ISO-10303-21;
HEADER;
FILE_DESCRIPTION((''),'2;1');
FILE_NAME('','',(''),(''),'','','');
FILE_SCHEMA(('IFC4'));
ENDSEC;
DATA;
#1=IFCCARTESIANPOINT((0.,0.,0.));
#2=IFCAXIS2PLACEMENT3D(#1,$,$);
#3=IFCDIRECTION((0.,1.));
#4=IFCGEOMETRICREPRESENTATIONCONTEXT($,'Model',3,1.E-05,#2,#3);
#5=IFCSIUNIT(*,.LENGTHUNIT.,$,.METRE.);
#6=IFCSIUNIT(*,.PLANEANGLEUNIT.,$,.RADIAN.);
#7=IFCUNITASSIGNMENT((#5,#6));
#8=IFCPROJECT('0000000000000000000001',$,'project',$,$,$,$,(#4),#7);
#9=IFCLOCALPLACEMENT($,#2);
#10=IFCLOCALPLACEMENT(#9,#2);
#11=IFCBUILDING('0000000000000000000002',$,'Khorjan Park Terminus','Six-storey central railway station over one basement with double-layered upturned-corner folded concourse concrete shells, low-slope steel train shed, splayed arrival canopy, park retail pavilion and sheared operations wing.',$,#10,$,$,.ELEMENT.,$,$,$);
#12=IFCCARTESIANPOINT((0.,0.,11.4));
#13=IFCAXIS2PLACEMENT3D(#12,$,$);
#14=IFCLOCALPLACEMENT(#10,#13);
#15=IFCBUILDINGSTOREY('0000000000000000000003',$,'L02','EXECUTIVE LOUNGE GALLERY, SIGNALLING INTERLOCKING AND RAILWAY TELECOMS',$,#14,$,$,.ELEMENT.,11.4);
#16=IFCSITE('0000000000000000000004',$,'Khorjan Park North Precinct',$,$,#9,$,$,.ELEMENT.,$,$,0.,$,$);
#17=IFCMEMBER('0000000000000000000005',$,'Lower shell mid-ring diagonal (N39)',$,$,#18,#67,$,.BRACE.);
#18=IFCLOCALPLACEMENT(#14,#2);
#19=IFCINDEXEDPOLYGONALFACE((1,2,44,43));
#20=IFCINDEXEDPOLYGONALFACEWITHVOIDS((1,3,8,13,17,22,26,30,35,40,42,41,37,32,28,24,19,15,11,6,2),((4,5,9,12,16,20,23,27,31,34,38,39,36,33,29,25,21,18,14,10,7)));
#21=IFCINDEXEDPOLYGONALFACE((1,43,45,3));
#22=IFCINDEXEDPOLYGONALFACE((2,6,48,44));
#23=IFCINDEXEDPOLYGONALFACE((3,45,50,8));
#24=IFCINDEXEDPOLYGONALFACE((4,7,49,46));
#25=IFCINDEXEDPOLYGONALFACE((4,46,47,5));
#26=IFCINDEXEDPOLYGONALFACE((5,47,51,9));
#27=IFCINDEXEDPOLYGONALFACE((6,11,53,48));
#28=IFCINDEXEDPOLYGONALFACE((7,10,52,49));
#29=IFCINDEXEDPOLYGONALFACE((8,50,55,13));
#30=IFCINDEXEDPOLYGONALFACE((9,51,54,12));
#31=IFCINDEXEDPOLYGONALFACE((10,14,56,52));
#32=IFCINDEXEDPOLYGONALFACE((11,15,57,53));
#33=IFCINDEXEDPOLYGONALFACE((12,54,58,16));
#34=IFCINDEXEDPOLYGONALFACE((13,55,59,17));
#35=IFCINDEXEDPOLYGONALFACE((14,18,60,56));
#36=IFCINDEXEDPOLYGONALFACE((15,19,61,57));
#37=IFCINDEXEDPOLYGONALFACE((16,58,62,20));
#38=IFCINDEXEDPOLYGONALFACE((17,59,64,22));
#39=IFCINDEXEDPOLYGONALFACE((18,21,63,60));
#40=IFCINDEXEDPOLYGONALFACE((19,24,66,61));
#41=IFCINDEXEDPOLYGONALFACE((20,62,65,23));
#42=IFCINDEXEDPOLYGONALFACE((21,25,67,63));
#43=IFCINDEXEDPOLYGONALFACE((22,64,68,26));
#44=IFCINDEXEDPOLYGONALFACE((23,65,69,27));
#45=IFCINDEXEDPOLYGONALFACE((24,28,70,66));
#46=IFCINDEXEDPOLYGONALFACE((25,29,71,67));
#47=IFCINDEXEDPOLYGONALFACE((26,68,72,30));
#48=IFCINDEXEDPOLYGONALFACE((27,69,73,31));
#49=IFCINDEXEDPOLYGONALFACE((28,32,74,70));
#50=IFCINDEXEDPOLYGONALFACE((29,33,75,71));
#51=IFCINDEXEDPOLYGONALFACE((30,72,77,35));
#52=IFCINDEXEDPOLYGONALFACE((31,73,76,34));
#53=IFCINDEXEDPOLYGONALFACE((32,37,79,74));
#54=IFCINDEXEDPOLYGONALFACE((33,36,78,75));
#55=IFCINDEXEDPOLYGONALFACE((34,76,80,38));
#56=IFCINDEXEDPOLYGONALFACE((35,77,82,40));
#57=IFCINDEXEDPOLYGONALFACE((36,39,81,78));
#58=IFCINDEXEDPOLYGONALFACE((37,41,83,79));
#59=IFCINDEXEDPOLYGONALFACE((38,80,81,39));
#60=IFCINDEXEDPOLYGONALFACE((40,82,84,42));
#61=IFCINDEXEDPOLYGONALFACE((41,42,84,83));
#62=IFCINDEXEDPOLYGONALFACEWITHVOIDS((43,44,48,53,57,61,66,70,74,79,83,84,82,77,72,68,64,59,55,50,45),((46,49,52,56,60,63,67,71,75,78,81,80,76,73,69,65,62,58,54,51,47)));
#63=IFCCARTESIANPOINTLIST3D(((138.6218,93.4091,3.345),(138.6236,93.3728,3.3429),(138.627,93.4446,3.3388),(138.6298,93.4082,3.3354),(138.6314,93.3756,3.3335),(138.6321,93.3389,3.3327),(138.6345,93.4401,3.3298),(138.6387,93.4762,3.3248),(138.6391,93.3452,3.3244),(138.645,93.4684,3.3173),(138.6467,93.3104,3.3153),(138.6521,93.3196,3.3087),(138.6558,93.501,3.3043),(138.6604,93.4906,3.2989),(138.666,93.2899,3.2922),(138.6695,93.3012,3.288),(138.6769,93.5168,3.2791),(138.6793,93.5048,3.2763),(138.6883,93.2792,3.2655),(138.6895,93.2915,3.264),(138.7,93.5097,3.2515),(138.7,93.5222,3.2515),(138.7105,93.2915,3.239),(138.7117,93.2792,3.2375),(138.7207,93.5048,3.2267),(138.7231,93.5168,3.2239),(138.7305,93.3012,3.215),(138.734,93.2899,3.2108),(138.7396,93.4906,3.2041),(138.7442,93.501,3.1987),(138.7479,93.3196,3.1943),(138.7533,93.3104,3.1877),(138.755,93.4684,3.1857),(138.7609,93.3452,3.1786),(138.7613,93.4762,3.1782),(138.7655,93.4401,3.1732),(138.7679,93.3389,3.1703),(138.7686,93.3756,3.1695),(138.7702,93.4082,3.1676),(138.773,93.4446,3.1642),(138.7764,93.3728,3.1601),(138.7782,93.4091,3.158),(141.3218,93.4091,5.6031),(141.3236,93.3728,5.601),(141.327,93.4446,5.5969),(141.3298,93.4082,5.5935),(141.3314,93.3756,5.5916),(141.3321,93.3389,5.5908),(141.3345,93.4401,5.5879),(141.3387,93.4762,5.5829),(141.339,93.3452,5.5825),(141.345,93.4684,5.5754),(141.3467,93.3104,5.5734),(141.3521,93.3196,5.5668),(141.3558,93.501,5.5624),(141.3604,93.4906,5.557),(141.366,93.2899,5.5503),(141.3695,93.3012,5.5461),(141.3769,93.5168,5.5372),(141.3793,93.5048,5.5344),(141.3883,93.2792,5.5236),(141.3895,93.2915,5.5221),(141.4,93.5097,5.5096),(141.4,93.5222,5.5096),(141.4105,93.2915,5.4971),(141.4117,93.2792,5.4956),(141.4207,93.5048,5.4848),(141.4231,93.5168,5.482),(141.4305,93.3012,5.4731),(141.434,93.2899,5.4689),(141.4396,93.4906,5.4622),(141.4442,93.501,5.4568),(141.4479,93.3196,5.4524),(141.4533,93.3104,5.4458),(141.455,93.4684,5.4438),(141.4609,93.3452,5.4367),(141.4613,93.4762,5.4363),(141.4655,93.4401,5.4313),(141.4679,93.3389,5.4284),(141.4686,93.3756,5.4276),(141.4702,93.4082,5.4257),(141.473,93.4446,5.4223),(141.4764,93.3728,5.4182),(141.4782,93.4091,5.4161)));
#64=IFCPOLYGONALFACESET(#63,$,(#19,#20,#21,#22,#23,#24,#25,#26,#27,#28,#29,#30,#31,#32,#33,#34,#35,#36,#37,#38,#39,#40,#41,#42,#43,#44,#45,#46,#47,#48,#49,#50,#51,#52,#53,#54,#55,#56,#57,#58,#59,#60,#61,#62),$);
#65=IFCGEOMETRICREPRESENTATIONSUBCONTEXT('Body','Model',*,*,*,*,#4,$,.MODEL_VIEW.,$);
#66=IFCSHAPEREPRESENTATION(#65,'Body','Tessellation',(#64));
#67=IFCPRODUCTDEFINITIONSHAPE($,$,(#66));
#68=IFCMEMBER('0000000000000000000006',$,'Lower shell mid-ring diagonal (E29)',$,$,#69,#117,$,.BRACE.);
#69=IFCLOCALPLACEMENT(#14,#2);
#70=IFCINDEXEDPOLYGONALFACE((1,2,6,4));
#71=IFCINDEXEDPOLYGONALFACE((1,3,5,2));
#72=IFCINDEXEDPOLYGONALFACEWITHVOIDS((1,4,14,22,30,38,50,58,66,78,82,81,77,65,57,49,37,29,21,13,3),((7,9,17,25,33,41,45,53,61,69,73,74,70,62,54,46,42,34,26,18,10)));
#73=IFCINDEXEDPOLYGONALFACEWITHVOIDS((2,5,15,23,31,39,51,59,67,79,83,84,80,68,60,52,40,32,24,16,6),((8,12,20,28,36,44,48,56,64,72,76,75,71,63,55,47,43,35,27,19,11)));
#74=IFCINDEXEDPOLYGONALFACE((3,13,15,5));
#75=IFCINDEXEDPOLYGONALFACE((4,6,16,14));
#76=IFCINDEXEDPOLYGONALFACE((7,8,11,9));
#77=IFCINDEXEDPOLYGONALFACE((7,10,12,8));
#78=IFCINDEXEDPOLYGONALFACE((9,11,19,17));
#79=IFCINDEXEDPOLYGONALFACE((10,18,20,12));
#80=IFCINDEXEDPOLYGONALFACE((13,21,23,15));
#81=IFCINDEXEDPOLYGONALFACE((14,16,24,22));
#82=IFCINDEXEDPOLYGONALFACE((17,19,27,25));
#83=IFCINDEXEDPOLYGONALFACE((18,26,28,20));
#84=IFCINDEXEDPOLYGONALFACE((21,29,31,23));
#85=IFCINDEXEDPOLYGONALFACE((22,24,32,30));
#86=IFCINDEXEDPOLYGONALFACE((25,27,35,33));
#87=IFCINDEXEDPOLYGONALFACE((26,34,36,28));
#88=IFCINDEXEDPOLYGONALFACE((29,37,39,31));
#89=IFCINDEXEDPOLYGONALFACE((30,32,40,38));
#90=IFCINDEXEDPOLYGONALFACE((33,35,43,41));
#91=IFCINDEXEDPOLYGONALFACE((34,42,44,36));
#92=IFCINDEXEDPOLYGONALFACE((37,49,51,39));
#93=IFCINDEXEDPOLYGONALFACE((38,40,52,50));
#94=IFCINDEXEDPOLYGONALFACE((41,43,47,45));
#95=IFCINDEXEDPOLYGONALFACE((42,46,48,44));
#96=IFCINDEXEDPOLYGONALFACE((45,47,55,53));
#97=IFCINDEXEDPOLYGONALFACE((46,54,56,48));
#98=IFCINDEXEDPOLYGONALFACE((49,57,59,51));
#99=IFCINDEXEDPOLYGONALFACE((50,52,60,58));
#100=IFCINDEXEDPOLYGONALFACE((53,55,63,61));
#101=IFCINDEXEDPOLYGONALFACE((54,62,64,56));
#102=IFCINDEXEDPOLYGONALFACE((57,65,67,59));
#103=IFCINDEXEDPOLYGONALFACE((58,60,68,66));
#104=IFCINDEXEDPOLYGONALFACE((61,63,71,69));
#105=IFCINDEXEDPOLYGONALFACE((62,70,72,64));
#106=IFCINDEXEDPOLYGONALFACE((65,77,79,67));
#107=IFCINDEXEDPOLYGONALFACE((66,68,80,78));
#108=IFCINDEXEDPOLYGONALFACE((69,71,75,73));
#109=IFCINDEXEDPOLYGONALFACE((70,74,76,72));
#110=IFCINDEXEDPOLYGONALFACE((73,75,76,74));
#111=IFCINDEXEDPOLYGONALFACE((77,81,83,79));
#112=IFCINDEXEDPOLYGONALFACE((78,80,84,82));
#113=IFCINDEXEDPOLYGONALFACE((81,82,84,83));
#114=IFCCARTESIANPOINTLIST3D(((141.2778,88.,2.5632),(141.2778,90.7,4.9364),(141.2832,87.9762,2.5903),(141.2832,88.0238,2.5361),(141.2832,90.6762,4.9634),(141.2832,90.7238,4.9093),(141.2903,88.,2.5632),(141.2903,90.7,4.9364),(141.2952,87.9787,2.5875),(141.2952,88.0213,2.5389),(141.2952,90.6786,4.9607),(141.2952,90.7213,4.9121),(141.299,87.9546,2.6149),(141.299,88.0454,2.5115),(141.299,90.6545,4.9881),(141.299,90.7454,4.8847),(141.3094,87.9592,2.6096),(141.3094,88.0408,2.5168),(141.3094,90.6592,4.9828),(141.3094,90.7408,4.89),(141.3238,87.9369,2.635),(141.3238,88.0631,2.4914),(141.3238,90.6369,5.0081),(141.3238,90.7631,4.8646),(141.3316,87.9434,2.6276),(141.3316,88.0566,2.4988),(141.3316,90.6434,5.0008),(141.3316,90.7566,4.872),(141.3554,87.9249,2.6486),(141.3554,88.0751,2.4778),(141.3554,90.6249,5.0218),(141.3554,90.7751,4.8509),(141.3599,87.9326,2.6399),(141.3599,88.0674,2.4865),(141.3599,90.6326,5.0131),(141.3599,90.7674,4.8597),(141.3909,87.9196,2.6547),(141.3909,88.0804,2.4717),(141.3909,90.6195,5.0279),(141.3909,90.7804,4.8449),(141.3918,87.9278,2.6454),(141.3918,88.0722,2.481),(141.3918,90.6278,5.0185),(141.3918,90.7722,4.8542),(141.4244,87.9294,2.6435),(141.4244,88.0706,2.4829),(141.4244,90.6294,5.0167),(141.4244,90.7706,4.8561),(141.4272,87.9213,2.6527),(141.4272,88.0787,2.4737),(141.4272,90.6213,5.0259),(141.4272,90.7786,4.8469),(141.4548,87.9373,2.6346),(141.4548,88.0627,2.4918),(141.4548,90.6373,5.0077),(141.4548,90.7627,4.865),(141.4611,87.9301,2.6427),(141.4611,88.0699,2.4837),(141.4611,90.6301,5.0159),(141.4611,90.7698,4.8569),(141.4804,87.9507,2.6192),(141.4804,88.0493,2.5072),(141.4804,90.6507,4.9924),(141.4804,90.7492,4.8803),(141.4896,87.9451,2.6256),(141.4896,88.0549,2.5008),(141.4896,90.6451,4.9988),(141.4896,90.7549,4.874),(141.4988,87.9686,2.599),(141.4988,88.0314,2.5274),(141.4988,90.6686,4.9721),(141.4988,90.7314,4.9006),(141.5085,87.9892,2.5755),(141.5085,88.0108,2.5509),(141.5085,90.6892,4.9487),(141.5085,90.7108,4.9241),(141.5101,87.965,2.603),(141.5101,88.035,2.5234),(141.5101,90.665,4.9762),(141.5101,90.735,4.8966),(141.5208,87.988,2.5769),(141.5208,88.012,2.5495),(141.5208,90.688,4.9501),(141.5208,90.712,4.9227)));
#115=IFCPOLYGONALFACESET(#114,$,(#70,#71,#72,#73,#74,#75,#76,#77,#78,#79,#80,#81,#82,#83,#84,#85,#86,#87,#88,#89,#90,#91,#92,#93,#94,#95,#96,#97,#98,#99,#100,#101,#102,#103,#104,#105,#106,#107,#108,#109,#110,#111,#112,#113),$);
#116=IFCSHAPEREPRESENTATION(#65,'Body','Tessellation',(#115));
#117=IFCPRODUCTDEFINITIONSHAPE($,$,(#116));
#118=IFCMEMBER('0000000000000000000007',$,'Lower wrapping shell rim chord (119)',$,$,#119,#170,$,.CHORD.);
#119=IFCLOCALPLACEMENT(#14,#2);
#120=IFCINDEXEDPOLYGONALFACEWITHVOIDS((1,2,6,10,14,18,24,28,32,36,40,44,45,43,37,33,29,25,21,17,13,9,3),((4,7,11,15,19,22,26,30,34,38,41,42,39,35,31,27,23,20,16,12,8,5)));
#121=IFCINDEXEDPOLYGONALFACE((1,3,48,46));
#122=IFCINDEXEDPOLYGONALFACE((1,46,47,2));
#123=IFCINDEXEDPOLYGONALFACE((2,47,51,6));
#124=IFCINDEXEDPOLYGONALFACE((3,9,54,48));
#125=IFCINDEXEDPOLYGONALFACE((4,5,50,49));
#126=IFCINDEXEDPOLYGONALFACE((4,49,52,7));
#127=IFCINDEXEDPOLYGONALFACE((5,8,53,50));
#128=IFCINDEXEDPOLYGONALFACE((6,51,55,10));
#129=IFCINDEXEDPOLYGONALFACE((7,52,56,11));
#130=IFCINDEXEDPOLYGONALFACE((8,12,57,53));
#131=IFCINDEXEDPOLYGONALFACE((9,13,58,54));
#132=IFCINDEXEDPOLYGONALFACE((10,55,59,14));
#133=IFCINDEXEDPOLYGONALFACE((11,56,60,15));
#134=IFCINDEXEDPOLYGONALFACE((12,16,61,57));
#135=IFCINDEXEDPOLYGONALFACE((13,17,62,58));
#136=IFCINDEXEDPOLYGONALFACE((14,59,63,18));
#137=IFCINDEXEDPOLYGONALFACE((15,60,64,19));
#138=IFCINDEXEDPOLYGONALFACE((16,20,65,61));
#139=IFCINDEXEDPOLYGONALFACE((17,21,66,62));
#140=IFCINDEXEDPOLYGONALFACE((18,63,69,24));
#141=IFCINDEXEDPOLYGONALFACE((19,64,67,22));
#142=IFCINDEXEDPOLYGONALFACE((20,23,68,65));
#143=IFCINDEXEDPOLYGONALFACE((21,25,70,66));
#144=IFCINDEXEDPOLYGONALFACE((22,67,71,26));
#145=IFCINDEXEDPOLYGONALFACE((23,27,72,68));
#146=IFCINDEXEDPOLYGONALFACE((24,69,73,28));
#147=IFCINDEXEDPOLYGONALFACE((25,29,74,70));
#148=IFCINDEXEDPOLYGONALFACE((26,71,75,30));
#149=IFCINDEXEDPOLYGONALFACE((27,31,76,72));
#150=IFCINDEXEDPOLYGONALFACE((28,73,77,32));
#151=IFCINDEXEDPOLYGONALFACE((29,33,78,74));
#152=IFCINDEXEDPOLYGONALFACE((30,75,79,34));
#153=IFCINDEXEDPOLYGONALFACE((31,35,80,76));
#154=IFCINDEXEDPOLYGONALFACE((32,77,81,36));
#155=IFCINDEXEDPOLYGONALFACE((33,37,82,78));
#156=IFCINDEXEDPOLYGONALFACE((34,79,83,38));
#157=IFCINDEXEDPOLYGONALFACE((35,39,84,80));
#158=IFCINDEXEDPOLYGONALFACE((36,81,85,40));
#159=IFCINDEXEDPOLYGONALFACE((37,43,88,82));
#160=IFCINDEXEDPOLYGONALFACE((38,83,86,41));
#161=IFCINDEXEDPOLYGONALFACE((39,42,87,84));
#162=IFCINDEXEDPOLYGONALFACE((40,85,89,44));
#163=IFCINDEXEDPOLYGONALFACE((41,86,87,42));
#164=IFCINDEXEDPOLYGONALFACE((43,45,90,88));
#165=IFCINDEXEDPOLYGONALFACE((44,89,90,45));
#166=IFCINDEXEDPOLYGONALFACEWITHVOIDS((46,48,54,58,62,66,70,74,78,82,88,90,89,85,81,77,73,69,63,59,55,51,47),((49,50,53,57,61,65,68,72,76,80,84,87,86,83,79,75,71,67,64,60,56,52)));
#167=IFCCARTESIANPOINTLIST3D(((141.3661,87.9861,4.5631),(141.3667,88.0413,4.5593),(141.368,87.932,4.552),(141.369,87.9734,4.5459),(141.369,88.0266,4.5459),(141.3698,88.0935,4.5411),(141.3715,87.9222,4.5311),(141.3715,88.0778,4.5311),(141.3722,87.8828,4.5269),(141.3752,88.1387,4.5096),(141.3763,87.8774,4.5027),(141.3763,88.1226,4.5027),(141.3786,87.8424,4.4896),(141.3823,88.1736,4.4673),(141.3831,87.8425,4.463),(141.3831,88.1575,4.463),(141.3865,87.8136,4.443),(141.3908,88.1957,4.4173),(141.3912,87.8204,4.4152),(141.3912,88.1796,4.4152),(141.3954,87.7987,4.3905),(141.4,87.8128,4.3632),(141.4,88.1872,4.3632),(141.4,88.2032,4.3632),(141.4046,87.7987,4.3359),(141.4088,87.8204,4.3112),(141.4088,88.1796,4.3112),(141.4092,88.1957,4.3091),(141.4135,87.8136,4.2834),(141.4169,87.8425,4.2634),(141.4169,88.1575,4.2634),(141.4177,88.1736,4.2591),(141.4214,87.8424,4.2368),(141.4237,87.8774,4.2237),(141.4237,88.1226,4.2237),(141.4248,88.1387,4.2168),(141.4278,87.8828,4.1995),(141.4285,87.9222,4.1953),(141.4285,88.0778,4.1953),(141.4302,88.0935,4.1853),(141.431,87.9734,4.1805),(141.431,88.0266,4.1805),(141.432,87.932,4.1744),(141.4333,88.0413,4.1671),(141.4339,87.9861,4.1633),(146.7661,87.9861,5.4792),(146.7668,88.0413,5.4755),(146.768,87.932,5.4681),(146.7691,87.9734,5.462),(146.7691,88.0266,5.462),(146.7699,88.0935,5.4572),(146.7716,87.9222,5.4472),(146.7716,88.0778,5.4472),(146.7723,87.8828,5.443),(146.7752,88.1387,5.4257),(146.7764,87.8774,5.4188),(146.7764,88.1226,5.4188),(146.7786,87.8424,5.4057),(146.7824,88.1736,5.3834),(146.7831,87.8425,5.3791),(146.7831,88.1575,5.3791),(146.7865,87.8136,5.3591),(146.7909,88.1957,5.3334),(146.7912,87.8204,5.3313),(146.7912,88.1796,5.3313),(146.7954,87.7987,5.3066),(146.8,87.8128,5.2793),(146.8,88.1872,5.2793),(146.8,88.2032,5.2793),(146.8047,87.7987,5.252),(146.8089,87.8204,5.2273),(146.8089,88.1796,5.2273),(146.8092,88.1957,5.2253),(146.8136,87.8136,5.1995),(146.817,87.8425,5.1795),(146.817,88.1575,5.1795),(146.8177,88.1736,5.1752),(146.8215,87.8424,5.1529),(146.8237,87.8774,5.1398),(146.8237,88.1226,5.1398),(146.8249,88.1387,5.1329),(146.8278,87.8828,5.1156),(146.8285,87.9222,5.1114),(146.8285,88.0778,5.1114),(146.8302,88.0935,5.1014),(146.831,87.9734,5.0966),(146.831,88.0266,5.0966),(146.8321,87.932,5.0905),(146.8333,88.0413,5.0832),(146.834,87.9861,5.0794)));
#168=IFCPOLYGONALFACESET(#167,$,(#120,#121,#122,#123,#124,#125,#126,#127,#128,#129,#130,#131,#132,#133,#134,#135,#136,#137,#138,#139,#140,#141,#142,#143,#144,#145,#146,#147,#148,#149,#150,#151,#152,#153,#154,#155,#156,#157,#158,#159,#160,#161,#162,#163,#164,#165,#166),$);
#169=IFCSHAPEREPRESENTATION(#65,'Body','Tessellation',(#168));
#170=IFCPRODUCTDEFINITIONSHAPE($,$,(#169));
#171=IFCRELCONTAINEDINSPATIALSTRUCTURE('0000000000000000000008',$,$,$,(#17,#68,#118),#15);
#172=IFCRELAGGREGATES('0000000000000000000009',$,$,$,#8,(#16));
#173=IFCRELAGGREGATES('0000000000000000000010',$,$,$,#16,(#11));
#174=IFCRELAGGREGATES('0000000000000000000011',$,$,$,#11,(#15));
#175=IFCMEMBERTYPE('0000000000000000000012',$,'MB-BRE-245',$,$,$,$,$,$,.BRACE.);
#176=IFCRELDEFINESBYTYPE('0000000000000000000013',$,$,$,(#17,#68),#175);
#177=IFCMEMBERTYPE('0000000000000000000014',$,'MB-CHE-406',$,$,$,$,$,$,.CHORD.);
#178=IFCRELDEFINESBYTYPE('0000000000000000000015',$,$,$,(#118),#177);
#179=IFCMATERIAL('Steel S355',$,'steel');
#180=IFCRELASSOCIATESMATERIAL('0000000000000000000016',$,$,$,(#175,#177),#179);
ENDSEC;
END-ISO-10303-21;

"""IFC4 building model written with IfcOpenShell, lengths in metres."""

from ifc_helpers import new_model, si_unit, direction, frame, origin, origin_2d, place, context, subcontext, project, spatial, hollow_circle, extrude, material, material_profile, profile_set, type_object, element, save


model = new_model("IFC4")

# Units and contexts
model_context = context("Model", 3, precision=1e-05, world=origin(), true_north=direction((0.0, 1.0)))
body_context = subcontext(model_context, "Body", "Model", "MODEL_VIEW")
ifc_project = project(units=[si_unit("LENGTHUNIT", "METRE"), si_unit("PLANEANGLEUNIT", "RADIAN")], contexts=[model_context])

# Site, building, storey
site_placement = place(None, origin())
site = spatial("IfcSite", under=ifc_project, at=site_placement, Name="Khorjan Park North Precinct", CompositionType="ELEMENT", RefElevation=0.0)
building_placement = place(site_placement, origin())
building = spatial("IfcBuilding", under=site, at=building_placement, Name="Khorjan Park Terminus", Description="Six-storey central railway station over one basement with double-layered upturned-corner folded concourse concrete shells, low-slope steel train shed, splayed arrival canopy, park retail pavilion and sheared operations wing.", CompositionType="ELEMENT")
storey_placement = place(building_placement, frame((0.0, 0.0, 11.4)))
storey = spatial("IfcBuildingStorey", under=building, at=storey_placement, Name="L02", Description="EXECUTIVE LOUNGE GALLERY, SIGNALLING INTERLOCKING AND RAILWAY TELECOMS", CompositionType="ELEMENT", Elevation=11.4)

# Shared definitions
ifc_material_1 = material(Name="Steel S355", Category="steel")

# Members
ifc_material_profile_1 = material_profile(ifc_material_1, hollow_circle(Radius=0.1222, WallThickness=0.0125, at=origin_2d()), Name="CHS 244.5x12.5")
ifc_profile_set_1 = profile_set([ifc_material_profile_1], Name="Steel S355")
member_type_1 = type_object("IfcMemberType", Name="MB-BRE-245", PredefinedType="BRACE", material=ifc_profile_set_1)
member_1_placement = place(storey_placement, frame((138.7, 93.4, 3.2515), z_axis=(0.767088, 0.0, 0.641542), x_axis=(0.0, 1.0, 0.0)))
element("IfcMember", 1, at=member_1_placement, inside=storey, type_object=member_type_1, Name="Lower shell mid-ring diagonal (N39)", PredefinedType="BRACE", context=body_context, shape_type="SweptSolid", body=[
    extrude(hollow_circle(Radius=0.1222, WallThickness=0.0125, at=origin_2d()), origin(), (0.0, 0.0, 1.0), 3.5198),
])
member_2_placement = place(storey_placement, frame((141.4, 88.0, 2.5632), z_axis=(0.0, 0.7511, 0.660189), x_axis=(-1.0, 0.0, 0.0)))
element("IfcMember", 2, at=member_2_placement, inside=storey, type_object=member_type_1, Name="Lower shell mid-ring diagonal (E29)", PredefinedType="BRACE", context=body_context, shape_type="SweptSolid", body=[
    extrude(hollow_circle(Radius=0.1222, WallThickness=0.0125, at=origin_2d()), origin(), (0.0, 0.0, 1.0), 3.5947),
])
ifc_material_profile_2 = material_profile(ifc_material_1, hollow_circle(Radius=0.2032, WallThickness=0.016, at=origin_2d()), Name="CHS 406.4x16")
ifc_profile_set_2 = profile_set([ifc_material_profile_2], Name="Steel S355")
member_type_2 = type_object("IfcMemberType", Name="MB-CHE-406", PredefinedType="CHORD", material=ifc_profile_set_2)
member_3_placement = place(storey_placement, frame((141.4, 88.0, 4.3632), z_axis=(0.985913, 0.0, 0.167258), x_axis=(0.0, 1.0, 0.0)))
element("IfcMember", 3, at=member_3_placement, inside=storey, type_object=member_type_2, Name="Lower wrapping shell rim chord (119)", PredefinedType="CHORD", context=body_context, shape_type="SweptSolid", body=[
    extrude(hollow_circle(Radius=0.2032, WallThickness=0.016, at=origin_2d()), origin(), (0.0, 0.0, 1.0), 5.4772),
])

save(model, "model.ifc")
